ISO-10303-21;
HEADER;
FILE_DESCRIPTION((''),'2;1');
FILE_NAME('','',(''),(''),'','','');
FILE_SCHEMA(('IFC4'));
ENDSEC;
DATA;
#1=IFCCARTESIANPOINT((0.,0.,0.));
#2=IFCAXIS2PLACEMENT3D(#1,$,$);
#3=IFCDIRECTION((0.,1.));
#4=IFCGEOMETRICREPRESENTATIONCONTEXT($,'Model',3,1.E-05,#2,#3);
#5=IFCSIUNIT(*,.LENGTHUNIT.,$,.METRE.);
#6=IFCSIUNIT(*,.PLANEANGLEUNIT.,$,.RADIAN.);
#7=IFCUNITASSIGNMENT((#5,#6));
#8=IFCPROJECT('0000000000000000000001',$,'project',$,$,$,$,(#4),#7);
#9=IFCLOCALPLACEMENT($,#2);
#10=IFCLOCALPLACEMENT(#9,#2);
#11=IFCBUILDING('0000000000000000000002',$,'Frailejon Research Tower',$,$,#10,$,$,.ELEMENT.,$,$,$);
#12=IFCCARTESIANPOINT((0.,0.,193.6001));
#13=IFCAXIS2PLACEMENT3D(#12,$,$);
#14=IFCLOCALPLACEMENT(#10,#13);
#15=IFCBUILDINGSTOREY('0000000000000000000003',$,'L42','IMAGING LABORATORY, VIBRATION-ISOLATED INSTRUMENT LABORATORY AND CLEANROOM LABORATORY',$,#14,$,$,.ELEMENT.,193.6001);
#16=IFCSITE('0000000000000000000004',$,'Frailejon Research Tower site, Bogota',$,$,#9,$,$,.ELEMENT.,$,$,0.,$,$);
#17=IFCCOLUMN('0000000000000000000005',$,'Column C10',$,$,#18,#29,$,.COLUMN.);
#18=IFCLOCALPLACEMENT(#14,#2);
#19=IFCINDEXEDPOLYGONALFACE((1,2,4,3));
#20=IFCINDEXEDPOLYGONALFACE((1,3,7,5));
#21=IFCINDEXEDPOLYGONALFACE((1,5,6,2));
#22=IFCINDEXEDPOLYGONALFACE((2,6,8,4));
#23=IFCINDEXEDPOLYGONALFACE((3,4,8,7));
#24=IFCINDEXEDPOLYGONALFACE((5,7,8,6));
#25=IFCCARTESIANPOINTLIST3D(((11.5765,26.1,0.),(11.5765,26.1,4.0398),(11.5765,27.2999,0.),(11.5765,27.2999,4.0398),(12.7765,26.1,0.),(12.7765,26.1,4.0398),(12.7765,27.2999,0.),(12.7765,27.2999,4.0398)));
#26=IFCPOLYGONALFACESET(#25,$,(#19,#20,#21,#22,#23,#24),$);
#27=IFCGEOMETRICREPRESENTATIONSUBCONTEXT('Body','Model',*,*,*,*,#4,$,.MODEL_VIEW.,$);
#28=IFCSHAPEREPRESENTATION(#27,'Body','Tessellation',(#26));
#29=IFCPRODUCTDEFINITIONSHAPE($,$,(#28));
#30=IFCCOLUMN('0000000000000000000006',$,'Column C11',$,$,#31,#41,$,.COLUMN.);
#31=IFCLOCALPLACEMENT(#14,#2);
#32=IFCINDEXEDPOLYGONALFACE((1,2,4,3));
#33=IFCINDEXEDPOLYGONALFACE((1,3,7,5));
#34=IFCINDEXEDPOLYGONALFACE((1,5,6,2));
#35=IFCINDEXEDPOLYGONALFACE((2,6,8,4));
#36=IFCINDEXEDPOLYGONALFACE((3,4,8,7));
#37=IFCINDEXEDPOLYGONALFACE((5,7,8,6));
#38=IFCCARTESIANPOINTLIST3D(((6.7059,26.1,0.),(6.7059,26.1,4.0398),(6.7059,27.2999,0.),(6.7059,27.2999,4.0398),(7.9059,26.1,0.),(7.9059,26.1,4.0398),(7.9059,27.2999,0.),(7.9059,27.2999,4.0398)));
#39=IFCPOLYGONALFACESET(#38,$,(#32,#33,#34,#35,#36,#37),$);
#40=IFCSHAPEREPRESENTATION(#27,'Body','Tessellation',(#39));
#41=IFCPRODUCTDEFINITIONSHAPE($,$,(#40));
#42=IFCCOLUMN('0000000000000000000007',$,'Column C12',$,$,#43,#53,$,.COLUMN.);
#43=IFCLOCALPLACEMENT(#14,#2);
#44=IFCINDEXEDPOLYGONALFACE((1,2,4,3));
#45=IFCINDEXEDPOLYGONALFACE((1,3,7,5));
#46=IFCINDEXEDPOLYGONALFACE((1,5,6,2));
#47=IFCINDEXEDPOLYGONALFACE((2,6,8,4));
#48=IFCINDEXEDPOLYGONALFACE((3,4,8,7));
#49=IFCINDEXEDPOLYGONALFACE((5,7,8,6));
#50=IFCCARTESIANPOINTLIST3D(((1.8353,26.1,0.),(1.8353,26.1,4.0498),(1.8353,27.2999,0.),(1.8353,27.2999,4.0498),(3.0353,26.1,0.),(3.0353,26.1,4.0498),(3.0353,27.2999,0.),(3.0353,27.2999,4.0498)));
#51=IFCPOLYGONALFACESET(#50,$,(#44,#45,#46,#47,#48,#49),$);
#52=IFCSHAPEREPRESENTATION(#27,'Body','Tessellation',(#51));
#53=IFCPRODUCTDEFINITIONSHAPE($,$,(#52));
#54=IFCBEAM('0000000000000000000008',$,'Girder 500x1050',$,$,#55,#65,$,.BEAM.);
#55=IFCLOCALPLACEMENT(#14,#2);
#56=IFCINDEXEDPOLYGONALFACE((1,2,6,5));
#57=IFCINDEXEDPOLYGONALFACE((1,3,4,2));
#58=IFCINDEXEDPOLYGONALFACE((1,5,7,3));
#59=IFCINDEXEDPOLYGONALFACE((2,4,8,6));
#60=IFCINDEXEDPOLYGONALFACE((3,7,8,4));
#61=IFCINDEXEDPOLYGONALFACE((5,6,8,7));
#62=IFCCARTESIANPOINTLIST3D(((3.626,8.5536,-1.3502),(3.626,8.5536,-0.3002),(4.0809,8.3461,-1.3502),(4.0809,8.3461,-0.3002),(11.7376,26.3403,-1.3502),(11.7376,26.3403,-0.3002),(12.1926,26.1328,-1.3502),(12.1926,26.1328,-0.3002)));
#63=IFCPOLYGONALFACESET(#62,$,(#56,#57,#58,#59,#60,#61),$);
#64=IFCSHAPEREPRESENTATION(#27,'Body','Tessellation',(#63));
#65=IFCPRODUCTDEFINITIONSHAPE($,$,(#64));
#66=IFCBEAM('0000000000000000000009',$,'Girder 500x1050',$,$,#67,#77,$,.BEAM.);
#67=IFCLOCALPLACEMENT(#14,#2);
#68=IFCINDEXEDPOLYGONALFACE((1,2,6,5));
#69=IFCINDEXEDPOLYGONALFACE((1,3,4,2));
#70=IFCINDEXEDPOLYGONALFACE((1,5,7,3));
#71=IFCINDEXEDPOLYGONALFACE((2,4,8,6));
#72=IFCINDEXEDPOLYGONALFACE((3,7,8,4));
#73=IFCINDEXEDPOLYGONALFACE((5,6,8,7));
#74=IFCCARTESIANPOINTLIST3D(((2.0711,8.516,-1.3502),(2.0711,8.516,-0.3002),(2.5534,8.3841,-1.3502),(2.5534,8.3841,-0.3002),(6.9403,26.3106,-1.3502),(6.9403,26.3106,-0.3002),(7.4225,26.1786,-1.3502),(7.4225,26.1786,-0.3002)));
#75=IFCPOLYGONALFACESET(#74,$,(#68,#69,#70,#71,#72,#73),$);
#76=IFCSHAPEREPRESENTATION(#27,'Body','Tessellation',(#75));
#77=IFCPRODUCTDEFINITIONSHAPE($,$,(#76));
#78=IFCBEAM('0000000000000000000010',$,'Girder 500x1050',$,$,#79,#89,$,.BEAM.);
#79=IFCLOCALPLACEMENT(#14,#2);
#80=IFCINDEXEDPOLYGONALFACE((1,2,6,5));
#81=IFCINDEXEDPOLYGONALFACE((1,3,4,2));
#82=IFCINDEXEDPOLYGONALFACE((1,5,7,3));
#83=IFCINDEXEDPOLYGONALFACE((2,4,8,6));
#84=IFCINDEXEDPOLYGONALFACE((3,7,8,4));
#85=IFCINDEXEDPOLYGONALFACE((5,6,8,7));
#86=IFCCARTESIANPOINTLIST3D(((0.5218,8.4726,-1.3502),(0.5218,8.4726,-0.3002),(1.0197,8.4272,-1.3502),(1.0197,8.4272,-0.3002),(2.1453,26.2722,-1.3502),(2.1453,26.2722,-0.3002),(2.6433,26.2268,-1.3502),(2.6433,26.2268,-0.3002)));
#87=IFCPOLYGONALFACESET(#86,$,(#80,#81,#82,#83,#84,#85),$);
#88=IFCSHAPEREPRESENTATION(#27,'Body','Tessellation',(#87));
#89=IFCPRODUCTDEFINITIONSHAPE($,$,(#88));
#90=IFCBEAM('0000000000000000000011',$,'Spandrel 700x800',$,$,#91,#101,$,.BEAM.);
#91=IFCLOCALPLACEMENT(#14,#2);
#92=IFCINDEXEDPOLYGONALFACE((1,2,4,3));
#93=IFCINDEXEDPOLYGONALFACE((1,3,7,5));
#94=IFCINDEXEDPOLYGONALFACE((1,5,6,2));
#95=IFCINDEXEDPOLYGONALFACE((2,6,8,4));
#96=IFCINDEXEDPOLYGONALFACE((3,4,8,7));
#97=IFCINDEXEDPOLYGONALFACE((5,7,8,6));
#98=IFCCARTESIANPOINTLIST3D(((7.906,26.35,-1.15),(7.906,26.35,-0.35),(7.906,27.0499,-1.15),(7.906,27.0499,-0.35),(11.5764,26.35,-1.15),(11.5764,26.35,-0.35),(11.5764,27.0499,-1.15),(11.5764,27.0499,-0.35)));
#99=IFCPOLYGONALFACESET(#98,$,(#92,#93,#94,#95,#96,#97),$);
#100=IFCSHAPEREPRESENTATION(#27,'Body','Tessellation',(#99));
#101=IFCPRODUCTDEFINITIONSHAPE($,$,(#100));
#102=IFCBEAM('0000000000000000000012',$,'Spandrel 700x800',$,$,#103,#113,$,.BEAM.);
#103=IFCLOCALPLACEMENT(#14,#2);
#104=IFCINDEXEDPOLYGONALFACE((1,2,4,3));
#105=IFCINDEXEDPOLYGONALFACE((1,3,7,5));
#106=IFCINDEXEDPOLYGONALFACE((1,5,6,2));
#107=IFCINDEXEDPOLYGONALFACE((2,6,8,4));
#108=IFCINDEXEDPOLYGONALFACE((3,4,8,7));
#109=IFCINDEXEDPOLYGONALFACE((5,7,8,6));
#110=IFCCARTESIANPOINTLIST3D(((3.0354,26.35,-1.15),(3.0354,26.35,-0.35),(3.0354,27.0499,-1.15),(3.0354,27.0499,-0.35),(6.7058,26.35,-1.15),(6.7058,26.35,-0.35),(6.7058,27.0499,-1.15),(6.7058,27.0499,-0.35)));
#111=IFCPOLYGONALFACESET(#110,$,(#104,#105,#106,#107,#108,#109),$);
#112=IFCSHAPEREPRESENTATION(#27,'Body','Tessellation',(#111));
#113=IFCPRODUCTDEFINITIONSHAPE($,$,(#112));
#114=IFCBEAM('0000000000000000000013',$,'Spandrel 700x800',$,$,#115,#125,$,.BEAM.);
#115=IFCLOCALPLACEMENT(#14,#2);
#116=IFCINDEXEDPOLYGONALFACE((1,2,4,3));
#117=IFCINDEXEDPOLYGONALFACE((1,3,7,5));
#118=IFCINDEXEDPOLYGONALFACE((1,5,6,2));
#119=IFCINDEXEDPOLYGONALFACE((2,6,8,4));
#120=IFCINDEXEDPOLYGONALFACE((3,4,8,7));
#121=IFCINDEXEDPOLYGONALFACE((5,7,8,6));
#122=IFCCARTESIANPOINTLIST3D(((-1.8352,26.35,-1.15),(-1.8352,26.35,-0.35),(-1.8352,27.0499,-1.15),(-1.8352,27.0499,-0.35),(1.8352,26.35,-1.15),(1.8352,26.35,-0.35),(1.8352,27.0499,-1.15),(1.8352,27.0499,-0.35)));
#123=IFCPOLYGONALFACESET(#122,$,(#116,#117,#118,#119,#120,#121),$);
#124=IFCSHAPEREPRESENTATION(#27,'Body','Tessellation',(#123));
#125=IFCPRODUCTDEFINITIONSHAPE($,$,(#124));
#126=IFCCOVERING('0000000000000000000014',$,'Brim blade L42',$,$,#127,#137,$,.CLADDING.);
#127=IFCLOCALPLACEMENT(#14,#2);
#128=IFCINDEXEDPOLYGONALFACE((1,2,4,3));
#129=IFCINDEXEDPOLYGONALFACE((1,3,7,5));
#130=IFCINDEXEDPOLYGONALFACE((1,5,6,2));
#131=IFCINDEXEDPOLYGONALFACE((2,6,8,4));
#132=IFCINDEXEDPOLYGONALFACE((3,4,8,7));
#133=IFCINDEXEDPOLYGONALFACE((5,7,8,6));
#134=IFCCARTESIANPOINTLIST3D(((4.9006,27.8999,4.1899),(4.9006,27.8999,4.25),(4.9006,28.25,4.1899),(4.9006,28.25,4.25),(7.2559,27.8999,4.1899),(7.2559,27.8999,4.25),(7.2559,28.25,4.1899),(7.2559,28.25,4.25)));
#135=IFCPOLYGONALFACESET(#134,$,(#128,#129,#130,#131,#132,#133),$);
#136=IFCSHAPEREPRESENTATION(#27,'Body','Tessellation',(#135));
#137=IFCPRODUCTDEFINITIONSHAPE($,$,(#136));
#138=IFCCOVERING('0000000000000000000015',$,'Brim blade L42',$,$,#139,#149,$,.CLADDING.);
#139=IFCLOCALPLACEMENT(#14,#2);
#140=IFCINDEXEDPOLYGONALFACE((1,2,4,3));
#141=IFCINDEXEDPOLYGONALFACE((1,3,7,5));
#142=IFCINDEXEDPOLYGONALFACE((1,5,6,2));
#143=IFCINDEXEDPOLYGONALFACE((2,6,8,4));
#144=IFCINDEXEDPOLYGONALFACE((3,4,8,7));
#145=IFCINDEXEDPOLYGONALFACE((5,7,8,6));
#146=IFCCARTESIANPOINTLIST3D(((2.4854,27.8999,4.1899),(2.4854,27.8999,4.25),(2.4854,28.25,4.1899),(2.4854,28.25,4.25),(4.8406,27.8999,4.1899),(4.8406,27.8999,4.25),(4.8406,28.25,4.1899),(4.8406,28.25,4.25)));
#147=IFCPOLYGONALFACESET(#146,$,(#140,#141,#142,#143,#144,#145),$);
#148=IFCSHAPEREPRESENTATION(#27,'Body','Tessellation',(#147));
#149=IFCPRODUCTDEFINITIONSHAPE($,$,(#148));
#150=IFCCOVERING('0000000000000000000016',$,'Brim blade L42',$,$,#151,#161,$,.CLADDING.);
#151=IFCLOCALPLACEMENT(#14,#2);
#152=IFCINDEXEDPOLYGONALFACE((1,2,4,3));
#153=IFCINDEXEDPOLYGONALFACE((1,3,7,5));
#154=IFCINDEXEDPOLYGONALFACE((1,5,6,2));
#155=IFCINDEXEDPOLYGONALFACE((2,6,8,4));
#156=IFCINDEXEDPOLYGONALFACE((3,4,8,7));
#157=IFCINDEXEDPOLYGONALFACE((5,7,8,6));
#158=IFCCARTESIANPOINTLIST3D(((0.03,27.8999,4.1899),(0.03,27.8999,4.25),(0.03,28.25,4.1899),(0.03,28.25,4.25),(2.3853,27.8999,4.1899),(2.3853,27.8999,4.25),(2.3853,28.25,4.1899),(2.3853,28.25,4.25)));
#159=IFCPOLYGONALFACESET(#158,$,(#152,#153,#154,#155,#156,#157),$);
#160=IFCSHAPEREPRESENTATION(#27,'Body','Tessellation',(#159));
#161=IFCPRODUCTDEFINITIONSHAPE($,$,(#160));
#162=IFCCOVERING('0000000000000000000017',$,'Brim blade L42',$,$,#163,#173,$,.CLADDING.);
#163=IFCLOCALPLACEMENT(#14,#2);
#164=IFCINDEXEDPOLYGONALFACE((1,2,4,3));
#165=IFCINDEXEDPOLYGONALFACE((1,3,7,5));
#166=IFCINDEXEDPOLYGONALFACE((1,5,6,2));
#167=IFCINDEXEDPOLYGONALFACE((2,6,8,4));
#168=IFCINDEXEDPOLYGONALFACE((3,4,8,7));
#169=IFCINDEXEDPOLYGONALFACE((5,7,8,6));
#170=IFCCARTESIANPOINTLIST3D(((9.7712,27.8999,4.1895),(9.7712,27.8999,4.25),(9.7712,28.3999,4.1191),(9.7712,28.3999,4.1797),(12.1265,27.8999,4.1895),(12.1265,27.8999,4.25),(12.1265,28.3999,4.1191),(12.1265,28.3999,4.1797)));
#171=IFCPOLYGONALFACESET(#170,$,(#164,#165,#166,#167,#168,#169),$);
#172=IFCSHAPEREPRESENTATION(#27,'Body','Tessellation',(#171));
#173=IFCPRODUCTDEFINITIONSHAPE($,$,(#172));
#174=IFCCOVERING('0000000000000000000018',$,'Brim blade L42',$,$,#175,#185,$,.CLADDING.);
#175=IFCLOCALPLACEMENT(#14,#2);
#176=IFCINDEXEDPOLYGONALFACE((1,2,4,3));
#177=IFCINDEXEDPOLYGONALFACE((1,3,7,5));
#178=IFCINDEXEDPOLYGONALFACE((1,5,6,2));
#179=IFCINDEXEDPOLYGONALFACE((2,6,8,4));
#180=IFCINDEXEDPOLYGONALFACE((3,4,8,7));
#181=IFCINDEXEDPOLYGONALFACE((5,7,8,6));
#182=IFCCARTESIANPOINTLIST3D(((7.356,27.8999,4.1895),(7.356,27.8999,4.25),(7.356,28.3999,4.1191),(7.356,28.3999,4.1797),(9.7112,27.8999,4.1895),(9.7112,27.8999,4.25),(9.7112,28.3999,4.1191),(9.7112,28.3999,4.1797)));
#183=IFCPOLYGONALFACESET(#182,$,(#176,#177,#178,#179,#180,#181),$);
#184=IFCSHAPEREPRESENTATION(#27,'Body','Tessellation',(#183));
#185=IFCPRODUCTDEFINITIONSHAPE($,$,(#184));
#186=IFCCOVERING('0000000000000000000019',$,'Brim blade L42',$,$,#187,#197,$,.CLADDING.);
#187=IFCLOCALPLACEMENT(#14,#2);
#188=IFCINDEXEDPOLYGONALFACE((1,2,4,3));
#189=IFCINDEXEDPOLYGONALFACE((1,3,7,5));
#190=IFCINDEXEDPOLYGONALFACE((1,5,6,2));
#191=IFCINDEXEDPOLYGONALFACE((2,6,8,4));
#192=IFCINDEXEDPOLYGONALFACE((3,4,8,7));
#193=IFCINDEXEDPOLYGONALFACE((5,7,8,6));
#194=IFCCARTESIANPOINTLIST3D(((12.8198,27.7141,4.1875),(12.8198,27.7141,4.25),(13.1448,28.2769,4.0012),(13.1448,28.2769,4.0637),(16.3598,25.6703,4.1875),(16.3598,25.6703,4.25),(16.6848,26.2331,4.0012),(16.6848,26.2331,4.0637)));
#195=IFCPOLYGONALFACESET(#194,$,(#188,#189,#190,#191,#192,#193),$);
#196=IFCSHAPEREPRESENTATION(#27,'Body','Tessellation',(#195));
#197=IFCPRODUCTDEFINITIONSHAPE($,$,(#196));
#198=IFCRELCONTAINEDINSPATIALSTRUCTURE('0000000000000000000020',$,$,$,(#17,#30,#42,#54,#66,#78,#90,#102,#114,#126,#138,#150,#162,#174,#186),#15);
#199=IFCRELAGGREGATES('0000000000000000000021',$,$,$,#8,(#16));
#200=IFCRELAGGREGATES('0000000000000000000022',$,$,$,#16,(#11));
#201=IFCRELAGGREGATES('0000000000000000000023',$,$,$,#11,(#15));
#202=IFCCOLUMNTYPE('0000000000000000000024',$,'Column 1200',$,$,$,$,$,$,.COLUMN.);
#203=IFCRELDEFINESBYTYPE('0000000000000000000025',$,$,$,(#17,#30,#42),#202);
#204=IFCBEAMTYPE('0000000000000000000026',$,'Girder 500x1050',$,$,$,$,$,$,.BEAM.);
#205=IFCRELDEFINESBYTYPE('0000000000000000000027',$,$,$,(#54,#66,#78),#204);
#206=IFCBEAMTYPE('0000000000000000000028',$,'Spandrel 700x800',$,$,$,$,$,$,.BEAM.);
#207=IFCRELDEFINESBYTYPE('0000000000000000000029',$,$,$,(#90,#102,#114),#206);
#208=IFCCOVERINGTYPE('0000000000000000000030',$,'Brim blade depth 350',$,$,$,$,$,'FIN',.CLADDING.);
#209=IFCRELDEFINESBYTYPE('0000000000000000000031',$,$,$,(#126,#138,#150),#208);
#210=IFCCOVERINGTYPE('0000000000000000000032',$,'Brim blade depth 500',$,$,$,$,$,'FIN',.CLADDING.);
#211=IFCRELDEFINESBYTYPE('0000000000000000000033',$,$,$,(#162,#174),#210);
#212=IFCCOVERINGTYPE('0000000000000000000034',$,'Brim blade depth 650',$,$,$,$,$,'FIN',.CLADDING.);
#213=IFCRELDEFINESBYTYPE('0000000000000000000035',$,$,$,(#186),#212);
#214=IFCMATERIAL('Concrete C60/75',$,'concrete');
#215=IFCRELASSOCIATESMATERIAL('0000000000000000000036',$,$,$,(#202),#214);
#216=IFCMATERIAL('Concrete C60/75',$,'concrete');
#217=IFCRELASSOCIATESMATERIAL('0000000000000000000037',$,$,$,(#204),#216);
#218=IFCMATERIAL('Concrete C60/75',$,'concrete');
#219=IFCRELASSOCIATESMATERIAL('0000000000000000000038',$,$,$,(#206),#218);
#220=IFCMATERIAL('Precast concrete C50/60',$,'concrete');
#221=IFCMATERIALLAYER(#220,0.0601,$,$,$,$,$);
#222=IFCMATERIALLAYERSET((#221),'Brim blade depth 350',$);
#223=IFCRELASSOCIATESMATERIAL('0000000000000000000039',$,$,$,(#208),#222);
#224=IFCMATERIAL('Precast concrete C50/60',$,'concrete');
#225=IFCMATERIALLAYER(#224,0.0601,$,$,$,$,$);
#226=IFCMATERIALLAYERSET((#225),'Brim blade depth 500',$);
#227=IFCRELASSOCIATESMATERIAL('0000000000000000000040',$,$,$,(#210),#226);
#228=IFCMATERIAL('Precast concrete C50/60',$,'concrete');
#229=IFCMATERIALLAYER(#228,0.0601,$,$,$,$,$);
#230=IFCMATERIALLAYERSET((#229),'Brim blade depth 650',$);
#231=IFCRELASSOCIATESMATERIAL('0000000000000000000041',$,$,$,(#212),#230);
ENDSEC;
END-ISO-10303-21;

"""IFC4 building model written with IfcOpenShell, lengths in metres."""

from ifc_helpers import new_model, si_unit, direction, frame, origin, origin_2d, place, context, subcontext, project, spatial, polyline, rectangle, outline, extrude, material, layer, layer_set, material_profile, profile_set, type_object, element, save


model = new_model("IFC4")

# Units and contexts
model_context = context("Model", 3, precision=1e-05, world=origin(), true_north=direction((0.0, 1.0)))
body_context = subcontext(model_context, "Body", "Model", "MODEL_VIEW")
ifc_project = project(units=[si_unit("LENGTHUNIT", "METRE"), si_unit("PLANEANGLEUNIT", "RADIAN")], contexts=[model_context])

# Site, building, storey
site_placement = place(None, origin())
site = spatial("IfcSite", under=ifc_project, at=site_placement, Name="Frailejon Research Tower site, Bogota", CompositionType="ELEMENT", RefElevation=0.0)
building_placement = place(site_placement, origin())
building = spatial("IfcBuilding", under=site, at=building_placement, Name="Frailejon Research Tower", CompositionType="ELEMENT")
storey_placement = place(building_placement, frame((0.0, 0.0, 193.6001)))
storey = spatial("IfcBuildingStorey", under=building, at=storey_placement, Name="L42", Description="IMAGING LABORATORY, VIBRATION-ISOLATED INSTRUMENT LABORATORY AND CLEANROOM LABORATORY", CompositionType="ELEMENT", Elevation=193.6001)

# Columns
ifc_material_1 = material(Name="Concrete C60/75", Category="concrete")
ifc_material_profile_1 = material_profile(ifc_material_1, rectangle(XDim=1.2, YDim=1.2, at=origin_2d()), Name="Column 1200")
ifc_profile_set_1 = profile_set([ifc_material_profile_1], Name="Concrete C60/75")
column_type = type_object("IfcColumnType", Name="Column 1200", PredefinedType="COLUMN", material=ifc_profile_set_1)
for number, where, z_axis, x_axis, name in (
    (1, (12.1765, 26.7, 0.0), (0.0, 0.0, 1.0), (-1.0, 0.0, 0.0), "Column C10"),
    (2, (7.3059, 26.7, 0.0), (0.0, 0.0, 1.0), (-1.0, 0.0, 0.0), "Column C11"),
):
    element("IfcColumn", number, at=place(storey_placement, frame(where, z_axis=z_axis, x_axis=x_axis)), inside=storey, type_object=column_type, Name=name, PredefinedType="COLUMN", context=body_context, shape_type="SweptSolid", body=[
        extrude(rectangle(XDim=1.2, YDim=1.2, at=origin_2d()), origin(), (0.0, 0.0, 1.0), 4.0398),
    ])
column_placement = place(storey_placement, frame((2.4353, 26.7, 0.0), z_axis=(0.0, 0.0, 1.0), x_axis=(-1.0, 0.0, 0.0)))
element("IfcColumn", 3, at=column_placement, inside=storey, type_object=column_type, Name="Column C12", PredefinedType="COLUMN", context=body_context, shape_type="SweptSolid", body=[
    extrude(rectangle(XDim=1.2, YDim=1.2, at=origin_2d()), origin(), (0.0, 0.0, 1.0), 4.0498),
])

# Beams
ifc_material_2 = material(Name="Concrete C60/75", Category="concrete")
ifc_material_profile_2 = material_profile(ifc_material_2, rectangle(XDim=0.5, YDim=1.05, at=origin_2d()), Name="Girder 500x1050")
ifc_profile_set_2 = profile_set([ifc_material_profile_2], Name="Concrete C60/75")
beam_type_1 = type_object("IfcBeamType", Name="Girder 500x1050", PredefinedType="BEAM", material=ifc_profile_set_2)
beam_1_placement = place(storey_placement, frame((11.9651, 26.2366, -0.8252), z_axis=(-0.414936, -0.90985, 0.0), x_axis=(0.90985, -0.414936, 0.0)))
element("IfcBeam", 4, at=beam_1_placement, inside=storey, type_object=beam_type_1, Name="Girder 500x1050", PredefinedType="BEAM", context=body_context, shape_type="SweptSolid", body=[
    extrude(rectangle(XDim=0.5, YDim=1.05, at=origin_2d()), origin(), (0.0, 0.0, 1.0), 19.5491),
])
beam_2_placement = place(storey_placement, frame((7.1814, 26.2446, -0.8252), z_axis=(-0.263927, -0.964543, 0.0), x_axis=(0.964543, -0.263927, 0.0)))
element("IfcBeam", 5, at=beam_2_placement, inside=storey, type_object=beam_type_1, Name="Girder 500x1050", PredefinedType="BEAM", context=body_context, shape_type="SweptSolid", body=[
    extrude(rectangle(XDim=0.5, YDim=1.05, at=origin_2d()), origin(), (0.0, 0.0, 1.0), 18.4487),
])
beam_3_placement = place(storey_placement, frame((2.3943, 26.2495, -0.8252), z_axis=(-0.090835, -0.995866, 0.0), x_axis=(0.995866, -0.090835, 0.0)))
element("IfcBeam", 6, at=beam_3_placement, inside=storey, type_object=beam_type_1, Name="Girder 500x1050", PredefinedType="BEAM", context=body_context, shape_type="SweptSolid", body=[
    extrude(rectangle(XDim=0.5, YDim=1.05, at=origin_2d()), origin(), (0.0, 0.0, 1.0), 17.8735),
])
ifc_material_3 = material(Name="Concrete C60/75", Category="concrete")
ifc_material_profile_3 = material_profile(ifc_material_3, rectangle(XDim=0.7, YDim=0.8, at=origin_2d()), Name="Spandrel 700x800")
ifc_profile_set_3 = profile_set([ifc_material_profile_3], Name="Concrete C60/75")
beam_type_2 = type_object("IfcBeamType", Name="Spandrel 700x800", PredefinedType="BEAM", material=ifc_profile_set_3)
for number, where, z_axis, x_axis, name in (
    (7, (11.5764, 26.7, -0.75), (-1.0, 0.0, 0.0), (0.0, -1.0, 0.0), "Spandrel 700x800"),
    (8, (6.7058, 26.7, -0.75), (-1.0, 0.0, 0.0), (0.0, -1.0, 0.0), "Spandrel 700x800"),
    (9, (1.8352, 26.7, -0.75), (-1.0, 0.0, 0.0), (0.0, -1.0, 0.0), "Spandrel 700x800"),
):
    element("IfcBeam", number, at=place(storey_placement, frame(where, z_axis=z_axis, x_axis=x_axis)), inside=storey, type_object=beam_type_2, Name=name, PredefinedType="BEAM", context=body_context, shape_type="SweptSolid", body=[
        extrude(rectangle(XDim=0.7, YDim=0.8, at=origin_2d()), origin(), (0.0, 0.0, 1.0), 3.6704),
    ])

# Coverings
ifc_material_4 = material(Name="Precast concrete C50/60", Category="concrete")
ifc_layer_1 = layer(ifc_material_4, 0.0601)
ifc_layer_set_1 = layer_set([ifc_layer_1], Name="Brim blade depth 350")
covering_type_1 = type_object("IfcCoveringType", Name="Brim blade depth 350", ElementType="FIN", PredefinedType="CLADDING", material=ifc_layer_set_1)
for number, where, z_axis, x_axis, name in (
    (10, (4.9006, 27.8999, 4.25), (1.0, 0.0, 0.0), (0.0, 1.0, 0.0), "Brim blade L42"),
    (11, (2.4854, 27.8999, 4.25), (1.0, 0.0, 0.0), (0.0, 1.0, 0.0), "Brim blade L42"),
    (12, (0.03, 27.8999, 4.25), (1.0, 0.0, 0.0), (0.0, 1.0, 0.0), "Brim blade L42"),
):
    element("IfcCovering", number, at=place(storey_placement, frame(where, z_axis=z_axis, x_axis=x_axis)), inside=storey, type_object=covering_type_1, Name=name, PredefinedType="CLADDING", context=body_context, shape_type="SweptSolid", body=[
        extrude(outline(polyline([(0.0, -0.0601), (0.3501, -0.0601), (0.3501, 0.0), (0.0, 0.0), (0.0, -0.0601)])), origin(), (0.0, 0.0, 1.0), 2.3552),
    ])
ifc_material_5 = material(Name="Precast concrete C50/60", Category="concrete")
ifc_layer_2 = layer(ifc_material_5, 0.0601)
ifc_layer_set_2 = layer_set([ifc_layer_2], Name="Brim blade depth 500")
covering_type_2 = type_object("IfcCoveringType", Name="Brim blade depth 500", ElementType="FIN", PredefinedType="CLADDING", material=ifc_layer_set_2)
for number, where, z_axis, x_axis, name in (
    (13, (9.7712, 27.8999, 4.25), (1.0, 0.0, 0.0), (0.0, 1.0, 0.0), "Brim blade L42"),
    (14, (7.356, 27.8999, 4.25), (1.0, 0.0, 0.0), (0.0, 1.0, 0.0), "Brim blade L42"),
):
    element("IfcCovering", number, at=place(storey_placement, frame(where, z_axis=z_axis, x_axis=x_axis)), inside=storey, type_object=covering_type_2, Name=name, PredefinedType="CLADDING", context=body_context, shape_type="SweptSolid", body=[
        extrude(outline(polyline([(0.0, -0.0605), (0.5, -0.1309), (0.5, -0.0703), (0.0, 0.0), (0.0, -0.0605)])), origin(), (0.0, 0.0, 1.0), 2.3552),
    ])
ifc_material_6 = material(Name="Precast concrete C50/60", Category="concrete")
ifc_layer_3 = layer(ifc_material_6, 0.0601)
ifc_layer_set_3 = layer_set([ifc_layer_3], Name="Brim blade depth 650")
covering_type_3 = type_object("IfcCoveringType", Name="Brim blade depth 650", ElementType="FIN", PredefinedType="CLADDING", material=ifc_layer_set_3)
covering_placement = place(storey_placement, frame((12.8198, 27.7141, 4.25), z_axis=(0.866027, -0.499997, 0.0), x_axis=(0.499997, 0.866027, 0.0)))
element("IfcCovering", 15, at=covering_placement, inside=storey, type_object=covering_type_3, Name="Brim blade L42", PredefinedType="CLADDING", context=body_context, shape_type="SweptSolid", body=[
    extrude(outline(polyline([(0.0, -0.0625), (0.6499, -0.2488), (0.6499, -0.1863), (0.0, 0.0), (0.0, -0.0625)])), origin(), (0.0, 0.0, 1.0), 4.0876),
])

save(model, "model.ifc")
